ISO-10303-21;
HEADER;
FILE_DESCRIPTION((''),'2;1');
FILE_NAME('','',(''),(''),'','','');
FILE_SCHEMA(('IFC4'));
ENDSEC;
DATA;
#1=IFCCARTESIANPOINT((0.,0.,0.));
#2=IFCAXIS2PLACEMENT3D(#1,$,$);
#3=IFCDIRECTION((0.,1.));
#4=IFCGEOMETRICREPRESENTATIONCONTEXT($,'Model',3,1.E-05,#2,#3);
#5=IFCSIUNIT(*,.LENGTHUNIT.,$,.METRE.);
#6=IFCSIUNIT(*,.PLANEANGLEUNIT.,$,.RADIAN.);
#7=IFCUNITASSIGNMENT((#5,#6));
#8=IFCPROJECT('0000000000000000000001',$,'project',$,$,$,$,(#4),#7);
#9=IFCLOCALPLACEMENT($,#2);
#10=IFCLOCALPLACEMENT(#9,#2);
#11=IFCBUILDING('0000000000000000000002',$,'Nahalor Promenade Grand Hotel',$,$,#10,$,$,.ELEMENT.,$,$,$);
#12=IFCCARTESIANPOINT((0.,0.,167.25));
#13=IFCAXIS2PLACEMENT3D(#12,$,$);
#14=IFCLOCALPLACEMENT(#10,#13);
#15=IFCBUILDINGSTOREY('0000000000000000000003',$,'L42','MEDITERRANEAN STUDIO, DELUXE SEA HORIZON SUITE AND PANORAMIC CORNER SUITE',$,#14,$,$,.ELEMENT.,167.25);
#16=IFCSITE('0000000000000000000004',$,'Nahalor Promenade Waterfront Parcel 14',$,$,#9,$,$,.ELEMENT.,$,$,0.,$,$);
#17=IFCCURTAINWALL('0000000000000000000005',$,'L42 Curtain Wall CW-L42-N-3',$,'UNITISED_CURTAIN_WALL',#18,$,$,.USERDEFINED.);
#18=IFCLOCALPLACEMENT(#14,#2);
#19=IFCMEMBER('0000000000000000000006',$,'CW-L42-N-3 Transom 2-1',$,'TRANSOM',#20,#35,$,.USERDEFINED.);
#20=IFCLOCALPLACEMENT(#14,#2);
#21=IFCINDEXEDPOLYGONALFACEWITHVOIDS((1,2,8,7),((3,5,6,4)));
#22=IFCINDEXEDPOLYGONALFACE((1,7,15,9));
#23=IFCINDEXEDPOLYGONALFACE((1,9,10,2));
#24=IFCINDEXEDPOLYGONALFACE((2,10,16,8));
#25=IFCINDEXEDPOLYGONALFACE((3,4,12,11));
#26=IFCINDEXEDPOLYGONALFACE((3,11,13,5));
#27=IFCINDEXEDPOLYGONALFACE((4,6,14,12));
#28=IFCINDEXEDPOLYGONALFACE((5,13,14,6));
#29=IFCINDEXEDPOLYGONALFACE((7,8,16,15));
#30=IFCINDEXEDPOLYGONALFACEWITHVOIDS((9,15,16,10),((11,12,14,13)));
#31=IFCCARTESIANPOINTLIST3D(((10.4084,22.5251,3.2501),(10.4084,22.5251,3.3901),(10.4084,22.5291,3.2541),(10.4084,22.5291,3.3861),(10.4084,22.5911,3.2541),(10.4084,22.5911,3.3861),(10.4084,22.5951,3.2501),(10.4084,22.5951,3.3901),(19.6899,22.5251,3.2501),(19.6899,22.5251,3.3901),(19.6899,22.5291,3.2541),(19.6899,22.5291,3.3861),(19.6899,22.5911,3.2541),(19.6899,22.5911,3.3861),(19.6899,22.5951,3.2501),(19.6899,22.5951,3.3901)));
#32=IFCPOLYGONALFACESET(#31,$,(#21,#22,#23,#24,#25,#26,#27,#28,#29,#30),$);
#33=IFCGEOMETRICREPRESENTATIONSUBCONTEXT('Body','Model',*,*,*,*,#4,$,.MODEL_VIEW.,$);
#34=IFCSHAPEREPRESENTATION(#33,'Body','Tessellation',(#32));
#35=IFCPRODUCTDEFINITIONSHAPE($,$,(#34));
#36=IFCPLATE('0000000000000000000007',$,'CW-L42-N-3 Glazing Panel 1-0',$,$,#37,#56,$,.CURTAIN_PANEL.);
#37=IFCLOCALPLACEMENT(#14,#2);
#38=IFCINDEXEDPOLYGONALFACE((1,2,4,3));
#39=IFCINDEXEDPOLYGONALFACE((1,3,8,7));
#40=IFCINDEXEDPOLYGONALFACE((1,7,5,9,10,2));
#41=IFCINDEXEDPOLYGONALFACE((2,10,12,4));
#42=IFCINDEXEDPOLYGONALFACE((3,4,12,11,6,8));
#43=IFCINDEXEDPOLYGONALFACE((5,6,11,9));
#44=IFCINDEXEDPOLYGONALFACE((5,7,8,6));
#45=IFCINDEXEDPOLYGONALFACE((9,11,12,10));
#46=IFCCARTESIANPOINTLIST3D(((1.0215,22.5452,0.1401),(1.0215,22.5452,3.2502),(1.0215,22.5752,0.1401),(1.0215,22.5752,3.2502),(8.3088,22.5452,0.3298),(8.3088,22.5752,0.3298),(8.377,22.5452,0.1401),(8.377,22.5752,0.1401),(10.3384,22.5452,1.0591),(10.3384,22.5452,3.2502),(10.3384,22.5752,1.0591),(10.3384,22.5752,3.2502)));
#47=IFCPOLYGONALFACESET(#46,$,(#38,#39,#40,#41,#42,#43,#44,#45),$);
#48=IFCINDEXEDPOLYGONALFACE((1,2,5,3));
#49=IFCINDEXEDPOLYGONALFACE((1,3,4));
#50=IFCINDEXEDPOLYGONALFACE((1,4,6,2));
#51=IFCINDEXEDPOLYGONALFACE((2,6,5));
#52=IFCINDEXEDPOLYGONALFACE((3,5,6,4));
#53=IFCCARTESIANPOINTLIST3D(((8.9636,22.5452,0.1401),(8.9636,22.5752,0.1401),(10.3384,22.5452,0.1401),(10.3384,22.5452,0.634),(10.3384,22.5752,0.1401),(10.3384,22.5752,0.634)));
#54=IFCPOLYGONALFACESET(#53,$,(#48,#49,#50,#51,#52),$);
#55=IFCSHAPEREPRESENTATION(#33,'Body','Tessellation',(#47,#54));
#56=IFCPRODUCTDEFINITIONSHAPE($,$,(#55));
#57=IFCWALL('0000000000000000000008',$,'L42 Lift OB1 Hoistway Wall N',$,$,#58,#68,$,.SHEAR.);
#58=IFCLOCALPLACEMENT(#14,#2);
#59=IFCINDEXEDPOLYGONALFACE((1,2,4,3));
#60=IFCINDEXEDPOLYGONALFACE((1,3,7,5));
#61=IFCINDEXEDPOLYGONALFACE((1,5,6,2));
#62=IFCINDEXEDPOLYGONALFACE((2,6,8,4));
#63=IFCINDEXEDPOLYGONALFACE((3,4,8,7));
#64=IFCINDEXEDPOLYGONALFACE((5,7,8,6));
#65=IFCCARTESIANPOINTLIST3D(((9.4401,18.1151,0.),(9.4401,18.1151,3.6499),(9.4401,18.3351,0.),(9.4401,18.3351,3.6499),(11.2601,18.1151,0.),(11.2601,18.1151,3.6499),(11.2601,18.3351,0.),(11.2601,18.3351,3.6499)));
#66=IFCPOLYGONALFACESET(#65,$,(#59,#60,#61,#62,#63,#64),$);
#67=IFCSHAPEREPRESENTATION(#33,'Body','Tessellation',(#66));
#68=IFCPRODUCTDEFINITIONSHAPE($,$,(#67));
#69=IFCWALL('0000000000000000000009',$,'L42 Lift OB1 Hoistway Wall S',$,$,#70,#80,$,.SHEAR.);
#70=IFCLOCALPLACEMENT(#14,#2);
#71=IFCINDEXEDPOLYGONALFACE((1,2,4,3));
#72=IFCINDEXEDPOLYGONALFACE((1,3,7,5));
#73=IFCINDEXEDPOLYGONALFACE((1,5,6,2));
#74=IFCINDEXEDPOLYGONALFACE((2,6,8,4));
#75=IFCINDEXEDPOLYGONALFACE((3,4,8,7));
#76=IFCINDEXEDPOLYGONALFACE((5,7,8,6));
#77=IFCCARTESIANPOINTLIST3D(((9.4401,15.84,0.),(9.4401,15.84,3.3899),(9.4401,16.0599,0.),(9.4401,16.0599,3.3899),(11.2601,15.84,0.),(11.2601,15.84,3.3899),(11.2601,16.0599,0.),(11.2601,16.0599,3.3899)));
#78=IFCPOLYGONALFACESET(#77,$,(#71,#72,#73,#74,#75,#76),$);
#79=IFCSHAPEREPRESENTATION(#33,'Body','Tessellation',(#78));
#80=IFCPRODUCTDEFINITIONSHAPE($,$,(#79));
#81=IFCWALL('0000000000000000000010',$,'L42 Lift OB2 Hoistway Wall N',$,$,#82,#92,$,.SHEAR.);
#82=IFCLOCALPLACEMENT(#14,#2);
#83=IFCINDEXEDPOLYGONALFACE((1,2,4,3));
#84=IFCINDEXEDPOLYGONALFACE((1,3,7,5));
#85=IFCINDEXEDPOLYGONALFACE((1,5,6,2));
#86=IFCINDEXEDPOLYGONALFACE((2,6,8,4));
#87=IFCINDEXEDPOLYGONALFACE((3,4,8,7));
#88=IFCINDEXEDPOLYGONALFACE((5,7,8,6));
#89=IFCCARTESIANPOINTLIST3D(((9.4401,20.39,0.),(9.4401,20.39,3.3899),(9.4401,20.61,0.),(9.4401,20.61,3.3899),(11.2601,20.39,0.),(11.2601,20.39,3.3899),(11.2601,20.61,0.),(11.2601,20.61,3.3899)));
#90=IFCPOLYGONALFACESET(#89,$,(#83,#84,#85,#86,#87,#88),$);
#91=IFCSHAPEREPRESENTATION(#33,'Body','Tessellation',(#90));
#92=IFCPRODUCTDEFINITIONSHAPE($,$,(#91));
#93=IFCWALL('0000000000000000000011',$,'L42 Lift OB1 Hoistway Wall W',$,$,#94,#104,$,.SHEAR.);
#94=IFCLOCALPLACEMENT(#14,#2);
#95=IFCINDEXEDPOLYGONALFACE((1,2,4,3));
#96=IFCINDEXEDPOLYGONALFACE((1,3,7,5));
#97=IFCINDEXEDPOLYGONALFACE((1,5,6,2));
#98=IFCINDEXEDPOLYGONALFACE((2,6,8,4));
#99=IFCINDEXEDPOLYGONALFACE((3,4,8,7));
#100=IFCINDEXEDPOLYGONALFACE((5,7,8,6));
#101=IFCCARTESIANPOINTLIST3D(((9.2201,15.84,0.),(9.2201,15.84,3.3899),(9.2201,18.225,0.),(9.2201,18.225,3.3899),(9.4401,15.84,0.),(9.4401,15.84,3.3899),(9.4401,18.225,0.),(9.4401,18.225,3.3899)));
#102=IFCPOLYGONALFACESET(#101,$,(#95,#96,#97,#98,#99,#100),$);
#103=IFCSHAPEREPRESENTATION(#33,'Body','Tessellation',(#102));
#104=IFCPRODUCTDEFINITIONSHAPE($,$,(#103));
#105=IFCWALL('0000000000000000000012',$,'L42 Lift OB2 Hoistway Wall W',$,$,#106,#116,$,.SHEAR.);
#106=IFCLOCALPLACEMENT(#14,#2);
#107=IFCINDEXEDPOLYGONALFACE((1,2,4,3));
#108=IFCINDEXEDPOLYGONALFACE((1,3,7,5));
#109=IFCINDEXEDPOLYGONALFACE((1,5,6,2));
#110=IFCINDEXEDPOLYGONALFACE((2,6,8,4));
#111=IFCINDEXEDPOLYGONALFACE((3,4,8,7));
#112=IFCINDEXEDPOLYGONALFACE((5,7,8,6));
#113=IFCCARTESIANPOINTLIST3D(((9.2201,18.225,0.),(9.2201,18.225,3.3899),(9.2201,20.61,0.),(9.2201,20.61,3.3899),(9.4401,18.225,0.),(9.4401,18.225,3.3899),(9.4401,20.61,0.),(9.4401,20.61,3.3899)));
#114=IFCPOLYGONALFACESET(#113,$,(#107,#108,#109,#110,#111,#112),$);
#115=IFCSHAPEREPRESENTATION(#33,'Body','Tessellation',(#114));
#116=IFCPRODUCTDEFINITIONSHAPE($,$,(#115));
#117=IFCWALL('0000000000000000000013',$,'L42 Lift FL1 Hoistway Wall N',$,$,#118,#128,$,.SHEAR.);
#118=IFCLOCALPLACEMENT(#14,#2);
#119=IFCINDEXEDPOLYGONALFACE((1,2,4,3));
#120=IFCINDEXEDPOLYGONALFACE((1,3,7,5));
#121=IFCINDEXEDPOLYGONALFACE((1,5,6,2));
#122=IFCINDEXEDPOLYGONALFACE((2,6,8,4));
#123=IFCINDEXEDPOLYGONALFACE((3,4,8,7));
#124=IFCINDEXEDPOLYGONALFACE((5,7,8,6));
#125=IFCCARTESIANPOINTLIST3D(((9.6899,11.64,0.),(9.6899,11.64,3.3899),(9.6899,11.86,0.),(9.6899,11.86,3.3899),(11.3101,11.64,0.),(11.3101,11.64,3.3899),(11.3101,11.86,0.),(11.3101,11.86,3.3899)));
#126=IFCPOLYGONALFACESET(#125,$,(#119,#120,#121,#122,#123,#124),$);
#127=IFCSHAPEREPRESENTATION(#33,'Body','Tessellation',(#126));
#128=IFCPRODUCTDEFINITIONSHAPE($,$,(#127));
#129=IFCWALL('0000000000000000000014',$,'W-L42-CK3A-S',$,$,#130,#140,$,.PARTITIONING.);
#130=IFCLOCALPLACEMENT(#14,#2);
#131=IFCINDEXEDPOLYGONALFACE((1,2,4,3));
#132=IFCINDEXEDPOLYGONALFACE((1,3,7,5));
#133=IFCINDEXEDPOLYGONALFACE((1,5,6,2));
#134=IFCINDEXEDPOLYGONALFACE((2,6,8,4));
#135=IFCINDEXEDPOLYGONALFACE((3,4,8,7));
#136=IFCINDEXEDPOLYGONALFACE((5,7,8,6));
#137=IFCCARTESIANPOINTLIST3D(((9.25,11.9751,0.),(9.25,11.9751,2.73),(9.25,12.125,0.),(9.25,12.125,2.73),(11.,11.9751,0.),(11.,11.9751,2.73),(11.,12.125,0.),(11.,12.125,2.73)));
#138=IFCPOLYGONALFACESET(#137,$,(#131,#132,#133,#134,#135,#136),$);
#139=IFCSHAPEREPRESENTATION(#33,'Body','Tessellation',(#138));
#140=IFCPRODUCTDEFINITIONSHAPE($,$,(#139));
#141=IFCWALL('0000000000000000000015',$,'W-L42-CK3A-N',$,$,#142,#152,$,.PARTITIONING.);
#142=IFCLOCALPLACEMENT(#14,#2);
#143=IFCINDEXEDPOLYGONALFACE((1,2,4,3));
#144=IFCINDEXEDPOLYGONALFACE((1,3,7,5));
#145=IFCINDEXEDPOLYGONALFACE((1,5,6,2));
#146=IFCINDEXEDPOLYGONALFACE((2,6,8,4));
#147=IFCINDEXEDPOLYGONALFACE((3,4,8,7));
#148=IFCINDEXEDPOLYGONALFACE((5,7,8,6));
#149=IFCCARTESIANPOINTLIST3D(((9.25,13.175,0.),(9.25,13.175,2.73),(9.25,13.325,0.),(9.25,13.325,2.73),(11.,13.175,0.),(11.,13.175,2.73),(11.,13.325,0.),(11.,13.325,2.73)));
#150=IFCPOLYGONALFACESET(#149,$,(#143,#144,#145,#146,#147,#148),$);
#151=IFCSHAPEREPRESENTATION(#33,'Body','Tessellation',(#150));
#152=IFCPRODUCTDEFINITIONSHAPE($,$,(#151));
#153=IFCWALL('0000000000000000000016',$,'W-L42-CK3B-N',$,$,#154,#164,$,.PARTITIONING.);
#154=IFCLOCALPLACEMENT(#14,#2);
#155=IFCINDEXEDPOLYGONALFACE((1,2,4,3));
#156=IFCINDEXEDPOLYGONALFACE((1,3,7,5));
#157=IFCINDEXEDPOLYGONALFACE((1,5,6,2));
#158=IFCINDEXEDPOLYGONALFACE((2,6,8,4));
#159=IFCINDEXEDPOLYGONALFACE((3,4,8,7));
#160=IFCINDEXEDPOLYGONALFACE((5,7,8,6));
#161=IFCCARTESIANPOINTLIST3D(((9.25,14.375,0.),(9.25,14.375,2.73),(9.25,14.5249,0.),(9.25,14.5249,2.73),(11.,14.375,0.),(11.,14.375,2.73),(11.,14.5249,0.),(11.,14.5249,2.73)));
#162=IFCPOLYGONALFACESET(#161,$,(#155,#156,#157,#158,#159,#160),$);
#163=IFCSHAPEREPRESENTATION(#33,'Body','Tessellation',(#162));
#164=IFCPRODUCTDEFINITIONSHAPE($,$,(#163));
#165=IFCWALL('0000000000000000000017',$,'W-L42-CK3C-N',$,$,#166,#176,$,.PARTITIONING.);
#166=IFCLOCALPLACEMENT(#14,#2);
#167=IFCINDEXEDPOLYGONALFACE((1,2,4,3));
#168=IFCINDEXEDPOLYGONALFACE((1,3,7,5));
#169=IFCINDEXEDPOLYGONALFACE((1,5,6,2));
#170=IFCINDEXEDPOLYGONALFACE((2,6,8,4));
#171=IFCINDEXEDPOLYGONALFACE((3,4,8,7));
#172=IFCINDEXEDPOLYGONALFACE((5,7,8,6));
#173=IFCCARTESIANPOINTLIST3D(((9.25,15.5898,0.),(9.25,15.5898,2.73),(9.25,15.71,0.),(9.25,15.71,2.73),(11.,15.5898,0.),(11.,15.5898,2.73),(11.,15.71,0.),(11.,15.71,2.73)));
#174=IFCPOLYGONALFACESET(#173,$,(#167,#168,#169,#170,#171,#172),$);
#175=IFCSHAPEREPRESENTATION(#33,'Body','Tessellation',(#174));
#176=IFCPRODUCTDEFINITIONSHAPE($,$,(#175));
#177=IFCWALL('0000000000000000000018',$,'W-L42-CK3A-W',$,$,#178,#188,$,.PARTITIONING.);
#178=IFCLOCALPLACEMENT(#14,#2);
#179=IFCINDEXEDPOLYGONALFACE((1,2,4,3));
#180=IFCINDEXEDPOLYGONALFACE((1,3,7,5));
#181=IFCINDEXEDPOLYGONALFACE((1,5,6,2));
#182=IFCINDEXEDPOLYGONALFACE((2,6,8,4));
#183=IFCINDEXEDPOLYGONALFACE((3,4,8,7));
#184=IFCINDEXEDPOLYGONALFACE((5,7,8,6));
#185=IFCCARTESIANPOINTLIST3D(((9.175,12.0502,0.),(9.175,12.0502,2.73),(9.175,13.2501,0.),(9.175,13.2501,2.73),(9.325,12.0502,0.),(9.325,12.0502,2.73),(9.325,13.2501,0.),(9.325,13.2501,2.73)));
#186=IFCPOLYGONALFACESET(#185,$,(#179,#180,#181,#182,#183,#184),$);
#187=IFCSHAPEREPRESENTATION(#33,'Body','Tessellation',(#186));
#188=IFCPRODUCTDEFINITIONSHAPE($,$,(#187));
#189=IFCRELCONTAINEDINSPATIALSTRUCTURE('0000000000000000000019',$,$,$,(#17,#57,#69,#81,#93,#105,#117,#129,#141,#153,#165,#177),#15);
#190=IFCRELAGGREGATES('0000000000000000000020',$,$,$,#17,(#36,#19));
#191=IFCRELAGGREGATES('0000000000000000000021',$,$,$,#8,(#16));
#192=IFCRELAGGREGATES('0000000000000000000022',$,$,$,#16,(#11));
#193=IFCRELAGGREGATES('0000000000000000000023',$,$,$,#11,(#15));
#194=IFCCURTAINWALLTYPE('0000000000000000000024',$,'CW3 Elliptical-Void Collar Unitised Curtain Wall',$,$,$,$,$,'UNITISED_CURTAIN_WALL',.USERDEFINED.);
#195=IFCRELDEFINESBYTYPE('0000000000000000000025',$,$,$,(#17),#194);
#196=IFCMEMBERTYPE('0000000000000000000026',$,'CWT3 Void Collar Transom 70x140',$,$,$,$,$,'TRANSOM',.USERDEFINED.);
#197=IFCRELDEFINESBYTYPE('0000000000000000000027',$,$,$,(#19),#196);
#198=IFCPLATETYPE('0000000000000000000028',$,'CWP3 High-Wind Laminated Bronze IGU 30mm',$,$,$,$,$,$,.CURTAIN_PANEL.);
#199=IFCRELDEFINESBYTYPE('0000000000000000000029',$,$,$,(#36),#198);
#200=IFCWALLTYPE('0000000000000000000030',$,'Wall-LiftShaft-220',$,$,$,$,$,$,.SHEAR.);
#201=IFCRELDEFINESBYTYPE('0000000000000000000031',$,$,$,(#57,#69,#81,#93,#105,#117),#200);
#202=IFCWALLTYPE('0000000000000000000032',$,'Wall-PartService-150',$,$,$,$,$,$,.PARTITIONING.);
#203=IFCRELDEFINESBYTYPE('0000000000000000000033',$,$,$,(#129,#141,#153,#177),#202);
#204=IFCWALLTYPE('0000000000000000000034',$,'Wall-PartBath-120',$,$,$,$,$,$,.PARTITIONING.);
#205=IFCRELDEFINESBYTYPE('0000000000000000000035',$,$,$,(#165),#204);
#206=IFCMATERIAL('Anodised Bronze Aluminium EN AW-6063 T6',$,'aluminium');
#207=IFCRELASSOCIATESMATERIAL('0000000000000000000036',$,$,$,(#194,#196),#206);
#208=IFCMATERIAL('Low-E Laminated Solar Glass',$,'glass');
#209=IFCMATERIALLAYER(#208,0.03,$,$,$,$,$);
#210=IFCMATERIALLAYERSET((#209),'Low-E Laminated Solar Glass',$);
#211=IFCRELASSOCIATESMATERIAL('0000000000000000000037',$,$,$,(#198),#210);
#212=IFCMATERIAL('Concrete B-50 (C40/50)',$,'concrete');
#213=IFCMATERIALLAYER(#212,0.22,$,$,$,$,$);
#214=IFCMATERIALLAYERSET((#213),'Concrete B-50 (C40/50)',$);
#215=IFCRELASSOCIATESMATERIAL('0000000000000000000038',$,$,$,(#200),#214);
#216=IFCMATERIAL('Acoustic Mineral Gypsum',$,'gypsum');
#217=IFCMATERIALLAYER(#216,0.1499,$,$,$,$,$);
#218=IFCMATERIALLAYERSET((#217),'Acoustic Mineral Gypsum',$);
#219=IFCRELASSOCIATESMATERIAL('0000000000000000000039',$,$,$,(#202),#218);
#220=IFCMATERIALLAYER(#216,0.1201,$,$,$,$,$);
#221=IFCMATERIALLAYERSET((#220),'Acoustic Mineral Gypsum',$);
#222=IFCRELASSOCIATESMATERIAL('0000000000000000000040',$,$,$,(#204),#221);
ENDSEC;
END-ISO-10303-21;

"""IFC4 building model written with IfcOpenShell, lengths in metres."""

from ifc_helpers import new_model, si_unit, direction, frame, frame_2d, origin, origin_2d, place, context, subcontext, project, spatial, polyline, rectangle, hollow_rectangle, outline, extrude, source, transform, mapped, material, layer, layer_set, material_profile, profile_set, type_object, element, aggregate, save


model = new_model("IFC4")

# Units and contexts
model_context = context("Model", 3, precision=1e-05, world=origin(), true_north=direction((0.0, 1.0)))
body_context = subcontext(model_context, "Body", "Model", "MODEL_VIEW")
ifc_project = project(units=[si_unit("LENGTHUNIT", "METRE"), si_unit("PLANEANGLEUNIT", "RADIAN")], contexts=[model_context])

# Site, building, storey
site_placement = place(None, origin())
site = spatial("IfcSite", under=ifc_project, at=site_placement, Name="Nahalor Promenade Waterfront Parcel 14", CompositionType="ELEMENT", RefElevation=0.0)
building_placement = place(site_placement, origin())
building = spatial("IfcBuilding", under=site, at=building_placement, Name="Nahalor Promenade Grand Hotel", CompositionType="ELEMENT")
storey_placement = place(building_placement, frame((0.0, 0.0, 167.25)))
storey = spatial("IfcBuildingStorey", under=building, at=storey_placement, Name="L42", Description="MEDITERRANEAN STUDIO, DELUXE SEA HORIZON SUITE AND PANORAMIC CORNER SUITE", CompositionType="ELEMENT", Elevation=167.25)

# Curtain wall, member, plate
ifc_material_1 = material(Name="Anodised Bronze Aluminium EN AW-6063 T6", Category="aluminium")
curtain_wall_type = type_object("IfcCurtainWallType", Name="CW3 Elliptical-Void Collar Unitised Curtain Wall", ElementType="UNITISED_CURTAIN_WALL", PredefinedType="USERDEFINED", material=ifc_material_1)
curtain_wall_placement = place(storey_placement, origin())
curtain_wall = element("IfcCurtainWall", 1, at=curtain_wall_placement, inside=storey, type_object=curtain_wall_type, Name="L42 Curtain Wall CW-L42-N-3", ObjectType="UNITISED_CURTAIN_WALL", PredefinedType="USERDEFINED")
ifc_material_profile_1 = material_profile(ifc_material_1, hollow_rectangle(XDim=0.07, YDim=0.14, WallThickness=0.004, at=origin_2d()), Name="CWT 70x140x4")
ifc_profile_set_1 = profile_set([ifc_material_profile_1], Name="Anodised Bronze Aluminium EN AW-6063 T6")
member_type_1 = type_object("IfcMemberType", Name="CWT3 Void Collar Transom 70x140", ElementType="TRANSOM", PredefinedType="USERDEFINED", material=ifc_profile_set_1)
shared_shape_1 = source(origin(), body_context, "Body", "SweptSolid", [
    extrude(hollow_rectangle(XDim=0.07, YDim=0.14, WallThickness=0.004, at=origin_2d()), origin(), (0.0, 0.0, 1.0), 9.2815),
])
member_1_placement = place(storey_placement, frame((10.4084, 22.5601, 3.3201), z_axis=(1.0, 0.0, 0.0), x_axis=(0.0, 1.0, 0.0)))
member_1 = element("IfcMember", 2, at=member_1_placement, type_object=member_type_1, Name="CW-L42-N-3 Transom 2-1", ObjectType="TRANSOM", PredefinedType="USERDEFINED", context=body_context, shape_type="MappedRepresentation", body=[
    mapped(shared_shape_1, transform((0.0, 0.0, 0.0), scale=1.0)),
])
ifc_material_2 = material(Name="Low-E Laminated Solar Glass", Category="glass")
ifc_layer_1 = layer(ifc_material_2, 0.03)
ifc_layer_set_1 = layer_set([ifc_layer_1], Name="Low-E Laminated Solar Glass")
plate_type = type_object("IfcPlateType", Name="CWP3 High-Wind Laminated Bronze IGU 30mm", PredefinedType="CURTAIN_PANEL", material=ifc_layer_set_1)
plate_placement = place(storey_placement, frame((5.6799, 22.5601, 0.1401), z_axis=(0.0, 0.0, 1.0), x_axis=(1.0, 0.0, 0.0)))
plate = element("IfcPlate", 3, at=plate_placement, type_object=plate_type, Name="CW-L42-N-3 Glazing Panel 1-0", PredefinedType="CURTAIN_PANEL", context=body_context, shape_type="SweptSolid", body=[
    extrude(outline(polyline([(-4.6584, 3.1101), (-4.6584, 0.0), (2.697, 0.0), (2.6289, 0.1897), (4.6584, 0.9189), (4.6584, 3.1101), (-4.6584, 3.1101)])), frame((0.0, 0.0151, 0.0), z_axis=(0.0, -1.0, 0.0), x_axis=(1.0, 0.0, 0.0)), (0.0, 0.0, 1.0), 0.03),
    extrude(outline(polyline([(3.2837, 0.0), (4.6584, 0.0), (4.6584, 0.4939), (3.2837, 0.0)])), frame((0.0, 0.0151, 0.0), z_axis=(0.0, -1.0, 0.0), x_axis=(1.0, 0.0, 0.0)), (0.0, 0.0, 1.0), 0.03),
])
aggregate(curtain_wall, [plate, member_1])

# Walls
ifc_material_3 = material(Name="Concrete B-50 (C40/50)", Category="concrete")
ifc_layer_2 = layer(ifc_material_3, 0.22)
ifc_layer_set_2 = layer_set([ifc_layer_2], Name="Concrete B-50 (C40/50)")
wall_type_1 = type_object("IfcWallType", Name="Wall-LiftShaft-220", PredefinedType="SHEAR", material=ifc_layer_set_2)
shared_shape_2 = source(origin(), body_context, "Body", "SweptSolid", [
    extrude(rectangle(XDim=1.8201, YDim=0.22, at=frame_2d((0.9102, 0.0))), origin(), (0.0, 0.0, 1.0), 3.6499),
])
wall_1_placement = place(storey_placement, frame((9.4399, 18.2251, 0.0), z_axis=(0.0, 0.0, 1.0), x_axis=(1.0, 0.0, 0.0)))
element("IfcWall", 4, at=wall_1_placement, inside=storey, type_object=wall_type_1, Name="L42 Lift OB1 Hoistway Wall N", PredefinedType="SHEAR", context=body_context, shape_type="MappedRepresentation", body=[
    mapped(shared_shape_2, transform((0.0, 0.0, 0.0), scale=1.0)),
])
shared_shape_3 = source(origin(), body_context, "Body", "SweptSolid", [
    extrude(rectangle(XDim=1.8201, YDim=0.22, at=frame_2d((0.9102, 0.0))), origin(), (0.0, 0.0, 1.0), 3.3899),
])
for number, where, z_axis, x_axis, name in (
    (5, (9.4399, 15.95, 0.0), (0.0, 0.0, 1.0), (1.0, 0.0, 0.0), "L42 Lift OB1 Hoistway Wall S"),
    (6, (9.4399, 20.5, 0.0), (0.0, 0.0, 1.0), (1.0, 0.0, 0.0), "L42 Lift OB2 Hoistway Wall N"),
):
    element("IfcWall", number, at=place(storey_placement, frame(where, z_axis=z_axis, x_axis=x_axis)), inside=storey, type_object=wall_type_1, Name=name, PredefinedType="SHEAR", context=body_context, shape_type="MappedRepresentation", body=[
        mapped(shared_shape_3, transform((0.0, 0.0, 0.0), scale=1.0)),
    ])
shared_shape_4 = source(origin(), body_context, "Body", "SweptSolid", [
    extrude(rectangle(XDim=2.385, YDim=0.22, at=frame_2d((1.1924, 0.0))), origin(), (0.0, 0.0, 1.0), 3.3899),
])
for number, where, z_axis, x_axis, name in (
    (7, (9.3301, 15.8401, 0.0), (0.0, 0.0, 1.0), (0.0, 1.0, 0.0), "L42 Lift OB1 Hoistway Wall W"),
    (8, (9.3301, 18.2251, 0.0), (0.0, 0.0, 1.0), (0.0, 1.0, 0.0), "L42 Lift OB2 Hoistway Wall W"),
):
    element("IfcWall", number, at=place(storey_placement, frame(where, z_axis=z_axis, x_axis=x_axis)), inside=storey, type_object=wall_type_1, Name=name, PredefinedType="SHEAR", context=body_context, shape_type="MappedRepresentation", body=[
        mapped(shared_shape_4, transform((0.0, 0.0, 0.0), scale=1.0)),
    ])
shared_shape_5 = source(origin(), body_context, "Body", "SweptSolid", [
    extrude(rectangle(XDim=1.6201, YDim=0.22, at=frame_2d((0.8101, 0.0))), origin(), (0.0, 0.0, 1.0), 3.3899),
])
wall_2_placement = place(storey_placement, frame((9.6899, 11.75, 0.0), z_axis=(0.0, 0.0, 1.0), x_axis=(1.0, 0.0, 0.0)))
element("IfcWall", 9, at=wall_2_placement, inside=storey, type_object=wall_type_1, Name="L42 Lift FL1 Hoistway Wall N", PredefinedType="SHEAR", context=body_context, shape_type="MappedRepresentation", body=[
    mapped(shared_shape_5, transform((0.0, 0.0, 0.0), scale=1.0)),
])
ifc_material_4 = material(Name="Acoustic Mineral Gypsum", Category="gypsum")
ifc_layer_3 = layer(ifc_material_4, 0.1499)
ifc_layer_set_3 = layer_set([ifc_layer_3], Name="Acoustic Mineral Gypsum")
wall_type_2 = type_object("IfcWallType", Name="Wall-PartService-150", PredefinedType="PARTITIONING", material=ifc_layer_set_3)
shared_shape_6 = source(origin(), body_context, "Body", "SweptSolid", [
    extrude(rectangle(XDim=1.75, YDim=0.1499, at=frame_2d((0.875, 0.0))), origin(), (0.0, 0.0, 1.0), 2.73),
])
for number, where, z_axis, x_axis, name in (
    (10, (9.25, 12.05, 0.0), (0.0, 0.0, 1.0), (1.0, 0.0, 0.0), "W-L42-CK3A-S"),
    (11, (9.25, 13.25, 0.0), (0.0, 0.0, 1.0), (1.0, 0.0, 0.0), "W-L42-CK3A-N"),
    (12, (9.25, 14.45, 0.0), (0.0, 0.0, 1.0), (1.0, 0.0, 0.0), "W-L42-CK3B-N"),
):
    element("IfcWall", number, at=place(storey_placement, frame(where, z_axis=z_axis, x_axis=x_axis)), inside=storey, type_object=wall_type_2, Name=name, PredefinedType="PARTITIONING", context=body_context, shape_type="MappedRepresentation", body=[
        mapped(shared_shape_6, transform((0.0, 0.0, 0.0), scale=1.0)),
    ])
ifc_layer_4 = layer(ifc_material_4, 0.1201)
ifc_layer_set_4 = layer_set([ifc_layer_4], Name="Acoustic Mineral Gypsum")
wall_type_3 = type_object("IfcWallType", Name="Wall-PartBath-120", PredefinedType="PARTITIONING", material=ifc_layer_set_4)
shared_shape_7 = source(origin(), body_context, "Body", "SweptSolid", [
    extrude(rectangle(XDim=1.75, YDim=0.1201, at=frame_2d((0.875, 0.0))), origin(), (0.0, 0.0, 1.0), 2.73),
])
wall_3_placement = place(storey_placement, frame((9.25, 15.6499, 0.0), z_axis=(0.0, 0.0, 1.0), x_axis=(1.0, 0.0, 0.0)))
element("IfcWall", 13, at=wall_3_placement, inside=storey, type_object=wall_type_3, Name="W-L42-CK3C-N", PredefinedType="PARTITIONING", context=body_context, shape_type="MappedRepresentation", body=[
    mapped(shared_shape_7, transform((0.0, 0.0, 0.0), scale=1.0)),
])
shared_shape_8 = source(origin(), body_context, "Body", "SweptSolid", [
    extrude(rectangle(XDim=1.2, YDim=0.1499, at=frame_2d((0.6001, 0.0))), origin(), (0.0, 0.0, 1.0), 2.73),
])
wall_4_placement = place(storey_placement, frame((9.25, 12.05, 0.0), z_axis=(0.0, 0.0, 1.0), x_axis=(0.0, 1.0, 0.0)))
element("IfcWall", 14, at=wall_4_placement, inside=storey, type_object=wall_type_2, Name="W-L42-CK3A-W", PredefinedType="PARTITIONING", context=body_context, shape_type="MappedRepresentation", body=[
    mapped(shared_shape_8, transform((0.0, 0.0, 0.0), scale=1.0)),
])

save(model, "model.ifc")
